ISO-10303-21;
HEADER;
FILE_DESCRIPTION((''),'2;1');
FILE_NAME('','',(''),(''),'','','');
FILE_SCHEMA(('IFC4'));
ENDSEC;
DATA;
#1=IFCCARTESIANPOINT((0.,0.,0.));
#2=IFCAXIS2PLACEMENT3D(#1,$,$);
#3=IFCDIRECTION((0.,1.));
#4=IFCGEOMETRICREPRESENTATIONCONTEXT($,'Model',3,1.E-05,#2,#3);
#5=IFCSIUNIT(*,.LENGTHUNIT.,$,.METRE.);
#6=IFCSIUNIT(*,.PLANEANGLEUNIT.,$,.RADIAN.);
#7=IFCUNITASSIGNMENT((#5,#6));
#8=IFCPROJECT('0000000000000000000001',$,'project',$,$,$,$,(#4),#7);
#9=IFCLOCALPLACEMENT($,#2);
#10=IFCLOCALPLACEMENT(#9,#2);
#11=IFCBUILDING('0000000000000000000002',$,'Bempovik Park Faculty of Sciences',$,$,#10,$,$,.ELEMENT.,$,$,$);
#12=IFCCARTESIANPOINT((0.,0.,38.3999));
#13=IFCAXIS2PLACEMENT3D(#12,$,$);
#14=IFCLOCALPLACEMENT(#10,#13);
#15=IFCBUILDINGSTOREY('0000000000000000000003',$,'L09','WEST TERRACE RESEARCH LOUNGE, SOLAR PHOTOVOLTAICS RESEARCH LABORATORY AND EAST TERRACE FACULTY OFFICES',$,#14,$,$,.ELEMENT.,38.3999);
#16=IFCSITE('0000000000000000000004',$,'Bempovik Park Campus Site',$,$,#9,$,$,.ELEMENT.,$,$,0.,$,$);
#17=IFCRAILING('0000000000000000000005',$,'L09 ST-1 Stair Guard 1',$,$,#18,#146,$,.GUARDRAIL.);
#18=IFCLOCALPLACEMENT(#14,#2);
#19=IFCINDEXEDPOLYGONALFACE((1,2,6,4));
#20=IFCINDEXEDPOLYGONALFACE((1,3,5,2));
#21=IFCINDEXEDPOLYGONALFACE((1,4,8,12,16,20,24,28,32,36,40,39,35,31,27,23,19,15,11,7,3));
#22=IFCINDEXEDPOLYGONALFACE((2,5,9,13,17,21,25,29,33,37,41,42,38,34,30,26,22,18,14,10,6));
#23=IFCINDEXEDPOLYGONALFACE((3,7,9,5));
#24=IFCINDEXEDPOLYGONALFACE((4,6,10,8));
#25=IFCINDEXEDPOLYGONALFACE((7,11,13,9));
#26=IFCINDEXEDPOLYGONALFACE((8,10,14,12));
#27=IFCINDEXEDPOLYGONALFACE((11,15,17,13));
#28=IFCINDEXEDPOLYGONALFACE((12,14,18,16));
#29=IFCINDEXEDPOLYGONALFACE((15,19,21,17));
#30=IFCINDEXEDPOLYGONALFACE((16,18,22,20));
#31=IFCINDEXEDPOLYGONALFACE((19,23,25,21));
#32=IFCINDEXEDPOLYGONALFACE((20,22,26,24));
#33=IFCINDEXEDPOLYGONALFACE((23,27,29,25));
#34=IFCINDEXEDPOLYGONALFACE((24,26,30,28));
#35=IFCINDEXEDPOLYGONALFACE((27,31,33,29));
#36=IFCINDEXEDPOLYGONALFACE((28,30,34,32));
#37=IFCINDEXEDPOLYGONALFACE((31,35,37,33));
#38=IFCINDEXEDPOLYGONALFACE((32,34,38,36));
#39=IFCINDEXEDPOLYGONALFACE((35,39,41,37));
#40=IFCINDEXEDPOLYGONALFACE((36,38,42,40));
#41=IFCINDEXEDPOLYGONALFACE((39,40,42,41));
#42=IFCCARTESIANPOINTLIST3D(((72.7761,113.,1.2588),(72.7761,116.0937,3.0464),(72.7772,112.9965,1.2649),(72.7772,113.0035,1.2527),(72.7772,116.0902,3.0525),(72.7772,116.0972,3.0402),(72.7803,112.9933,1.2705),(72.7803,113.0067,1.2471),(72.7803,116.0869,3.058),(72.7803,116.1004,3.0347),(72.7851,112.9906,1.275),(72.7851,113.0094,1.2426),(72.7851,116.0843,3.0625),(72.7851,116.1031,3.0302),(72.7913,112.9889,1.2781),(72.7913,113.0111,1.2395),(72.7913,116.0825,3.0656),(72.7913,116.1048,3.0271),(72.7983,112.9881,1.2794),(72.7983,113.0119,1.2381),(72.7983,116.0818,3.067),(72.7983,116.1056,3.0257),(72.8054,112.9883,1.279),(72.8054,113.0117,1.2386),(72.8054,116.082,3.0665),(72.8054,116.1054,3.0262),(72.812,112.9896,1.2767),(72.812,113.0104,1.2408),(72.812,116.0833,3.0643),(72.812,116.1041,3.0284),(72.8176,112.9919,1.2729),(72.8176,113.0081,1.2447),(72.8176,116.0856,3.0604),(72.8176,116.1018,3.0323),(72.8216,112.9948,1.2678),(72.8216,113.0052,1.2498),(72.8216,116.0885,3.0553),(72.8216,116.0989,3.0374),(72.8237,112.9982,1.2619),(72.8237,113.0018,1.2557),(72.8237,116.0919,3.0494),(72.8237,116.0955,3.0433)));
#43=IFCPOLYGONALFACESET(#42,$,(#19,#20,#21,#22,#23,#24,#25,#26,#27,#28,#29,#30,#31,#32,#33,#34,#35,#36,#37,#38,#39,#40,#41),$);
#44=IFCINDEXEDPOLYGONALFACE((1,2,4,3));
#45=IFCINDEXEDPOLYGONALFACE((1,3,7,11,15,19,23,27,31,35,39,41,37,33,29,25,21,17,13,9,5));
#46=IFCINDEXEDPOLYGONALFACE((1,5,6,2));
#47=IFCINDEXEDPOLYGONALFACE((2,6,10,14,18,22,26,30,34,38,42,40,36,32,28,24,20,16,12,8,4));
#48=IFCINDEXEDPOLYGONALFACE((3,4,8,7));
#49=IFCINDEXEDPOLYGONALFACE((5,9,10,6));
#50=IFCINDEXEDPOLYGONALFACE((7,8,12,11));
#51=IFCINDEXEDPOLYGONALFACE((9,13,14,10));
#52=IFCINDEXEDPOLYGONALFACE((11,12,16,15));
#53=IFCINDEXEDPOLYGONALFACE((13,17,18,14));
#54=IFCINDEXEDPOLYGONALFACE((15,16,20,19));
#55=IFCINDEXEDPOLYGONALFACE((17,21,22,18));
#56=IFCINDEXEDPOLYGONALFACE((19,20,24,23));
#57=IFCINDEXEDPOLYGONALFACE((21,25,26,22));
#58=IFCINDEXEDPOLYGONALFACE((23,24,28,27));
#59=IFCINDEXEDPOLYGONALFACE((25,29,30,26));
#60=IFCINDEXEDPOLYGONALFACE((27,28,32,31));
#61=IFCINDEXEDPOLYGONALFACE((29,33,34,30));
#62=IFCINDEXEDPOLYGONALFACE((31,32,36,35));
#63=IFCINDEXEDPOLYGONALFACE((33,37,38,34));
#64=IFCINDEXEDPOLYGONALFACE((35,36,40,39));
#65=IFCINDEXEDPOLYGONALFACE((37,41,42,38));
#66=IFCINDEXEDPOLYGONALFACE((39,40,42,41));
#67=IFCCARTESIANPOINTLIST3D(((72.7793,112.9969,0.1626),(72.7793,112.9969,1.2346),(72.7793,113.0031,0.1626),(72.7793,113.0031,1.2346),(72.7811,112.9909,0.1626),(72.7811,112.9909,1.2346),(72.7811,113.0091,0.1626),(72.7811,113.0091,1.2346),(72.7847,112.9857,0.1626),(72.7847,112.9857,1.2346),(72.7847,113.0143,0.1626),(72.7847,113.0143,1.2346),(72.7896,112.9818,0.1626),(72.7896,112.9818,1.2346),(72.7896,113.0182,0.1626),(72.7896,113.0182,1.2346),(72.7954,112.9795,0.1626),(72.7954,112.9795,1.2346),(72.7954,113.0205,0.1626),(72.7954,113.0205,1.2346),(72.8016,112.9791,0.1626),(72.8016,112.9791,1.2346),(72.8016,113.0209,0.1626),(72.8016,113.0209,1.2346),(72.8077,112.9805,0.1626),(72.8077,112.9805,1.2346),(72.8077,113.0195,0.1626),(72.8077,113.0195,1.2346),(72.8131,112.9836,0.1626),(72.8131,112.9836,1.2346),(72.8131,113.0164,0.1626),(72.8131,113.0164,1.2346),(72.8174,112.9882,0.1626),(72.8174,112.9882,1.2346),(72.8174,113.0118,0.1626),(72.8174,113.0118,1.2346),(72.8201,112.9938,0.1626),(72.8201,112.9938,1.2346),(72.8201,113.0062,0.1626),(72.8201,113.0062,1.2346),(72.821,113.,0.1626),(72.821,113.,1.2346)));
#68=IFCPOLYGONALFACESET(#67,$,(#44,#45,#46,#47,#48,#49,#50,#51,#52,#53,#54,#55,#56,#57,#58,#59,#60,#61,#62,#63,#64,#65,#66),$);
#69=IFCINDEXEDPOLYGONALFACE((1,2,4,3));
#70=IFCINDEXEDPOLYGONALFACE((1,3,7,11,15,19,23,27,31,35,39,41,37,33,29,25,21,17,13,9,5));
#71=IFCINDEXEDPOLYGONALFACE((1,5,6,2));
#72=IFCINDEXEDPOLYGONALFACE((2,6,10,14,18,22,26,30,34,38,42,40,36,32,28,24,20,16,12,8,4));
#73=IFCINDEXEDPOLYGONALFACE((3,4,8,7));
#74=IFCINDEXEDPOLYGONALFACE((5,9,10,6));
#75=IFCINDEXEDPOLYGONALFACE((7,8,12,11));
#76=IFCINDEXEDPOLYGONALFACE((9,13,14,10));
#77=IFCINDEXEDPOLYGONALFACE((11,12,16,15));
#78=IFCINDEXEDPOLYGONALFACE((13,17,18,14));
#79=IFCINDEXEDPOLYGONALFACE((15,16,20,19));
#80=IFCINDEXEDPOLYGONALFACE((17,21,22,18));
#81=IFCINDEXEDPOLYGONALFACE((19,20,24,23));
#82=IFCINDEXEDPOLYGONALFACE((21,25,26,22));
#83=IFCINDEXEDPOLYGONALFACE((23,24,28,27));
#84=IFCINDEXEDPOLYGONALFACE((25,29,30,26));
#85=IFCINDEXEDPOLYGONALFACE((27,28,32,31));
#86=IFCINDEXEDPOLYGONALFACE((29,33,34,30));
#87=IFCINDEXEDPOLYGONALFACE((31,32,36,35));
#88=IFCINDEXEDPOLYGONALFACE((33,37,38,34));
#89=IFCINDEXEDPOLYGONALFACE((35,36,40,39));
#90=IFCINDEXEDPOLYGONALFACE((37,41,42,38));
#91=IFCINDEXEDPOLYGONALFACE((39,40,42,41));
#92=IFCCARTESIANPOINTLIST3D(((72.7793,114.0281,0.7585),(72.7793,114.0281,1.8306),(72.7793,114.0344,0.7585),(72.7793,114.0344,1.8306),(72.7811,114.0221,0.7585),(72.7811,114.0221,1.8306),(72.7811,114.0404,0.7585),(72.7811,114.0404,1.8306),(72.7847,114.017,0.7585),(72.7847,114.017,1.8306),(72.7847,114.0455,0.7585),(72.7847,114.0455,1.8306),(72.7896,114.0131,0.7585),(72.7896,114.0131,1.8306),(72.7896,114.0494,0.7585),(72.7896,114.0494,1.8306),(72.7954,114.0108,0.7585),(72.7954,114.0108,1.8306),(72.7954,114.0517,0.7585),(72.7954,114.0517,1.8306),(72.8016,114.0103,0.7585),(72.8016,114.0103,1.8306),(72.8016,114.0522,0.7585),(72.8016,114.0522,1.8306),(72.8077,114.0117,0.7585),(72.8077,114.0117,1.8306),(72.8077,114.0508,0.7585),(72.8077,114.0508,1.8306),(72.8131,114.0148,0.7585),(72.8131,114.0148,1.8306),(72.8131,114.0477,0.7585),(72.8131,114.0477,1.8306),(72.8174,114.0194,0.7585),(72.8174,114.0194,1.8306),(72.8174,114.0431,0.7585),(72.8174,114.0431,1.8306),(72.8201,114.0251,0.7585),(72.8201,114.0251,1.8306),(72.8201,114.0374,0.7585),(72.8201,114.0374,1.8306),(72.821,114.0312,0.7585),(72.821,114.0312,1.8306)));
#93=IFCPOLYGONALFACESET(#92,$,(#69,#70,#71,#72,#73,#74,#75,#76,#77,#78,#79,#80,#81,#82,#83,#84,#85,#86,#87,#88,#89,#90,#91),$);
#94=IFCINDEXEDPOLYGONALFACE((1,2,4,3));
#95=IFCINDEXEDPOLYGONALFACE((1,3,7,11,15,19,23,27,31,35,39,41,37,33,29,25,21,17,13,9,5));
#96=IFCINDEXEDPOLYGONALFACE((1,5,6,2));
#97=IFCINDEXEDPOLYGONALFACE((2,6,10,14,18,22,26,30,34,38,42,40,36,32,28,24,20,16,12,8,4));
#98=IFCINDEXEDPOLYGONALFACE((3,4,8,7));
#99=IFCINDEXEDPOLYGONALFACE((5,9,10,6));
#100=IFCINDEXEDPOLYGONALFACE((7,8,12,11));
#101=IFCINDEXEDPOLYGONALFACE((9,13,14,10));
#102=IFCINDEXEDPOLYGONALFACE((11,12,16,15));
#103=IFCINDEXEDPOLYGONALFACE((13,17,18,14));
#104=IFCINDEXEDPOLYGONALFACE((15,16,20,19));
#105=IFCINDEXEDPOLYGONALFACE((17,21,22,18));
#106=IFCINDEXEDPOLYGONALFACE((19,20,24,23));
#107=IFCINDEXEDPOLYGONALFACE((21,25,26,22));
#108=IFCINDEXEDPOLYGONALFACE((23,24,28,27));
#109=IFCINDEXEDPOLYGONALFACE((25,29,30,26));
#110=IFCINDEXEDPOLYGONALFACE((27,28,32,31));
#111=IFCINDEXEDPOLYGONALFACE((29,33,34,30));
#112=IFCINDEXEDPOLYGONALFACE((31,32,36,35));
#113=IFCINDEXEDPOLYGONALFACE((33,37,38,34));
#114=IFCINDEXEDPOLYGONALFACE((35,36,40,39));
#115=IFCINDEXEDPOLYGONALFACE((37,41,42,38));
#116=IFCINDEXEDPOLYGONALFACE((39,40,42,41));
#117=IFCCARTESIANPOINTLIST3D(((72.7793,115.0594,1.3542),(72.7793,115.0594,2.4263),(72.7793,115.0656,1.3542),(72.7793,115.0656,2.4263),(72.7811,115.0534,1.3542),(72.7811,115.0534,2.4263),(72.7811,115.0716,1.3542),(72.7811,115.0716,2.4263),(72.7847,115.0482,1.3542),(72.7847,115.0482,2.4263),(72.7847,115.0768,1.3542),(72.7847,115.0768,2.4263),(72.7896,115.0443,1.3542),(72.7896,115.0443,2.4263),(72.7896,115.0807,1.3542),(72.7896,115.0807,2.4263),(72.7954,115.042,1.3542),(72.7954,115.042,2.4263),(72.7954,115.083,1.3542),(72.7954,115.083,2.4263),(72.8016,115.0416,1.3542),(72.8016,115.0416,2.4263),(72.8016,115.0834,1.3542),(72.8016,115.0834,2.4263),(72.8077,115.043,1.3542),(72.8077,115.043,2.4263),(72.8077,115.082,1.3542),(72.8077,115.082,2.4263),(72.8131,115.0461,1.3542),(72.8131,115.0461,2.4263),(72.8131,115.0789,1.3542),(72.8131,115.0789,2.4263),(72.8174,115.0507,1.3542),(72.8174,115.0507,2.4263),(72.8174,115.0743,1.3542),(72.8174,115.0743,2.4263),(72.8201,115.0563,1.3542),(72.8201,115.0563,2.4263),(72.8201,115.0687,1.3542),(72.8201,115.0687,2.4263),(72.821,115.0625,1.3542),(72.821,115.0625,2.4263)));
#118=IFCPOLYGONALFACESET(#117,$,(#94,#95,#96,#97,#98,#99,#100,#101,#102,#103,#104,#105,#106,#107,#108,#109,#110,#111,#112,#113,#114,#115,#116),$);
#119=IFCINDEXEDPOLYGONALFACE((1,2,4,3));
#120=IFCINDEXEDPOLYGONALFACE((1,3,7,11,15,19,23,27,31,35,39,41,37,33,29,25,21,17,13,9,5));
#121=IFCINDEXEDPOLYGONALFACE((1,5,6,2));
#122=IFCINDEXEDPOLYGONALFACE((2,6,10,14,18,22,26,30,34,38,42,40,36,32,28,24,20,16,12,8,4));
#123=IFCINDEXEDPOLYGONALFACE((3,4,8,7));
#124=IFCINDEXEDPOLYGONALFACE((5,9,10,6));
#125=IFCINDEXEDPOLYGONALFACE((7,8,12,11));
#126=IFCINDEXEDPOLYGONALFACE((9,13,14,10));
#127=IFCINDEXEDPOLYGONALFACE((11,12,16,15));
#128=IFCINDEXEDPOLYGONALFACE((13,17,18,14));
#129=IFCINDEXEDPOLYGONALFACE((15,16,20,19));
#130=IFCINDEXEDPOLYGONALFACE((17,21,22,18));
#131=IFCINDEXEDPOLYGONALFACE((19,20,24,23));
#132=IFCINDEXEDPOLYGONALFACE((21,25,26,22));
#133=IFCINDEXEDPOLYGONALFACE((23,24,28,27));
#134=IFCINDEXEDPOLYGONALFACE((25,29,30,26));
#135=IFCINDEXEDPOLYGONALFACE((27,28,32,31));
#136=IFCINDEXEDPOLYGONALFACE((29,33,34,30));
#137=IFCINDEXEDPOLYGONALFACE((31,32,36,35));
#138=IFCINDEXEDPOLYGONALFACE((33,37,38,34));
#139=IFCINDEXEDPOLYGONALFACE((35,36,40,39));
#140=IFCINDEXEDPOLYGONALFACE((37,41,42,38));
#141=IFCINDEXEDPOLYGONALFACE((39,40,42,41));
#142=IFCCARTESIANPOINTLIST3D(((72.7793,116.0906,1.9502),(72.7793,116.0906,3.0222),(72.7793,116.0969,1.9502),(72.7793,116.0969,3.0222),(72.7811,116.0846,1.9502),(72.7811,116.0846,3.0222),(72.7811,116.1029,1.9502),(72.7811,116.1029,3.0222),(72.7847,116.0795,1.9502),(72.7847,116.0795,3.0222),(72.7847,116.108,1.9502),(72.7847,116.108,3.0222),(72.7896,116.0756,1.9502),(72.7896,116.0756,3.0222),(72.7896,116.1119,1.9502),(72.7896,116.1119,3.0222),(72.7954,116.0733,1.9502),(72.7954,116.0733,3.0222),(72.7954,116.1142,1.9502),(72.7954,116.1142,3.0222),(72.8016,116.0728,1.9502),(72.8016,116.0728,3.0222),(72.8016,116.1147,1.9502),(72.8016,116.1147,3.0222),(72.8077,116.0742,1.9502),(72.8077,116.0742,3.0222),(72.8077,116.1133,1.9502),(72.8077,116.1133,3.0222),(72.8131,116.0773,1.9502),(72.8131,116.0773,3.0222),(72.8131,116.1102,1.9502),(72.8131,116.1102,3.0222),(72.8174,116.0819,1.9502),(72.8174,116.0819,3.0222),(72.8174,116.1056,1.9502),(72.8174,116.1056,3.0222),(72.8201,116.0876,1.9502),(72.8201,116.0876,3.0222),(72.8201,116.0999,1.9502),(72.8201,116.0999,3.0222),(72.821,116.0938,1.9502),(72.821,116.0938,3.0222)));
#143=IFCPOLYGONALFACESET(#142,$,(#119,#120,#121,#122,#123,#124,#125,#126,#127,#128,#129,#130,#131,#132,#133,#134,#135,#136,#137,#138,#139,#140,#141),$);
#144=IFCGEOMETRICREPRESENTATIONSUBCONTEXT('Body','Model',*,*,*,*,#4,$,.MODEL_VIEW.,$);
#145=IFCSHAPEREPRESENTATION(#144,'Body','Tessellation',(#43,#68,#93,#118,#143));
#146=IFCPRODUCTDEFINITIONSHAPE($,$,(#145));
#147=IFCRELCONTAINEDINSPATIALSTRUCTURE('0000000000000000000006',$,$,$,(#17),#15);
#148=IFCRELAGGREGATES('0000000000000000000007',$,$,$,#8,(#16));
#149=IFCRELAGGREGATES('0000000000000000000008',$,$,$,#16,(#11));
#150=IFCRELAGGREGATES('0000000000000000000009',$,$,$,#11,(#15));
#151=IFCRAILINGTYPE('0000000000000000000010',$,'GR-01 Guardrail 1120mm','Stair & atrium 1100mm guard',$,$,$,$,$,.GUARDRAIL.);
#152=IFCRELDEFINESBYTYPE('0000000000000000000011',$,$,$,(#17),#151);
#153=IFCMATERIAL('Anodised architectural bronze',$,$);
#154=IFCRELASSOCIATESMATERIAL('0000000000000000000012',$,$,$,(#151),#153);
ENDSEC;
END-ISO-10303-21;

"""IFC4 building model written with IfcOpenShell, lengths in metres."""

from ifc_helpers import new_model, si_unit, direction, frame, origin, origin_2d, place, context, subcontext, project, spatial, circle, extrude, material, type_object, element, save


model = new_model("IFC4")

# Units and contexts
model_context = context("Model", 3, precision=1e-05, world=origin(), true_north=direction((0.0, 1.0)))
body_context = subcontext(model_context, "Body", "Model", "MODEL_VIEW")
ifc_project = project(units=[si_unit("LENGTHUNIT", "METRE"), si_unit("PLANEANGLEUNIT", "RADIAN")], contexts=[model_context])

# Site, building, storey
site_placement = place(None, origin())
site = spatial("IfcSite", under=ifc_project, at=site_placement, Name="Bempovik Park Campus Site", CompositionType="ELEMENT", RefElevation=0.0)
building_placement = place(site_placement, origin())
building = spatial("IfcBuilding", under=site, at=building_placement, Name="Bempovik Park Faculty of Sciences", CompositionType="ELEMENT")
storey_placement = place(building_placement, frame((0.0, 0.0, 38.3999)))
storey = spatial("IfcBuildingStorey", under=building, at=storey_placement, Name="L09", Description="WEST TERRACE RESEARCH LOUNGE, SOLAR PHOTOVOLTAICS RESEARCH LABORATORY AND EAST TERRACE FACULTY OFFICES", CompositionType="ELEMENT", Elevation=38.3999)

# Railing
ifc_material_1 = material(Name="Anodised architectural bronze")
railing_type_1 = type_object("IfcRailingType", Name="GR-01 Guardrail 1120mm", Description="Stair & atrium 1100mm guard", PredefinedType="GUARDRAIL", material=ifc_material_1)
railing_1_placement = place(storey_placement, frame((72.8, 113.0, 0.1626)))
element("IfcRailing", 1, at=railing_1_placement, inside=storey, type_object=railing_type_1, Name="L09 ST-1 Stair Guard 1", PredefinedType="GUARDRAIL", context=body_context, shape_type="SweptSolid", body=[
    extrude(circle(Radius=0.0239, at=origin_2d()), frame((0.0, 0.0, 1.0962), z_axis=(0.0, 0.865853, 0.500298), x_axis=(-1.0, 0.0, 0.0)), (0.0, 0.0, 1.0), 3.573),
    extrude(circle(Radius=0.021, at=origin_2d()), origin(), (0.0, 0.0, 1.0), 1.072),
    extrude(circle(Radius=0.021, at=origin_2d()), frame((0.0, 1.0312, 0.5959)), (0.0, 0.0, 1.0), 1.072),
    extrude(circle(Radius=0.021, at=origin_2d()), frame((0.0, 2.0625, 1.1917)), (0.0, 0.0, 1.0), 1.072),
    extrude(circle(Radius=0.021, at=origin_2d()), frame((0.0, 3.0938, 1.7876)), (0.0, 0.0, 1.0), 1.072),
])

save(model, "model.ifc")
